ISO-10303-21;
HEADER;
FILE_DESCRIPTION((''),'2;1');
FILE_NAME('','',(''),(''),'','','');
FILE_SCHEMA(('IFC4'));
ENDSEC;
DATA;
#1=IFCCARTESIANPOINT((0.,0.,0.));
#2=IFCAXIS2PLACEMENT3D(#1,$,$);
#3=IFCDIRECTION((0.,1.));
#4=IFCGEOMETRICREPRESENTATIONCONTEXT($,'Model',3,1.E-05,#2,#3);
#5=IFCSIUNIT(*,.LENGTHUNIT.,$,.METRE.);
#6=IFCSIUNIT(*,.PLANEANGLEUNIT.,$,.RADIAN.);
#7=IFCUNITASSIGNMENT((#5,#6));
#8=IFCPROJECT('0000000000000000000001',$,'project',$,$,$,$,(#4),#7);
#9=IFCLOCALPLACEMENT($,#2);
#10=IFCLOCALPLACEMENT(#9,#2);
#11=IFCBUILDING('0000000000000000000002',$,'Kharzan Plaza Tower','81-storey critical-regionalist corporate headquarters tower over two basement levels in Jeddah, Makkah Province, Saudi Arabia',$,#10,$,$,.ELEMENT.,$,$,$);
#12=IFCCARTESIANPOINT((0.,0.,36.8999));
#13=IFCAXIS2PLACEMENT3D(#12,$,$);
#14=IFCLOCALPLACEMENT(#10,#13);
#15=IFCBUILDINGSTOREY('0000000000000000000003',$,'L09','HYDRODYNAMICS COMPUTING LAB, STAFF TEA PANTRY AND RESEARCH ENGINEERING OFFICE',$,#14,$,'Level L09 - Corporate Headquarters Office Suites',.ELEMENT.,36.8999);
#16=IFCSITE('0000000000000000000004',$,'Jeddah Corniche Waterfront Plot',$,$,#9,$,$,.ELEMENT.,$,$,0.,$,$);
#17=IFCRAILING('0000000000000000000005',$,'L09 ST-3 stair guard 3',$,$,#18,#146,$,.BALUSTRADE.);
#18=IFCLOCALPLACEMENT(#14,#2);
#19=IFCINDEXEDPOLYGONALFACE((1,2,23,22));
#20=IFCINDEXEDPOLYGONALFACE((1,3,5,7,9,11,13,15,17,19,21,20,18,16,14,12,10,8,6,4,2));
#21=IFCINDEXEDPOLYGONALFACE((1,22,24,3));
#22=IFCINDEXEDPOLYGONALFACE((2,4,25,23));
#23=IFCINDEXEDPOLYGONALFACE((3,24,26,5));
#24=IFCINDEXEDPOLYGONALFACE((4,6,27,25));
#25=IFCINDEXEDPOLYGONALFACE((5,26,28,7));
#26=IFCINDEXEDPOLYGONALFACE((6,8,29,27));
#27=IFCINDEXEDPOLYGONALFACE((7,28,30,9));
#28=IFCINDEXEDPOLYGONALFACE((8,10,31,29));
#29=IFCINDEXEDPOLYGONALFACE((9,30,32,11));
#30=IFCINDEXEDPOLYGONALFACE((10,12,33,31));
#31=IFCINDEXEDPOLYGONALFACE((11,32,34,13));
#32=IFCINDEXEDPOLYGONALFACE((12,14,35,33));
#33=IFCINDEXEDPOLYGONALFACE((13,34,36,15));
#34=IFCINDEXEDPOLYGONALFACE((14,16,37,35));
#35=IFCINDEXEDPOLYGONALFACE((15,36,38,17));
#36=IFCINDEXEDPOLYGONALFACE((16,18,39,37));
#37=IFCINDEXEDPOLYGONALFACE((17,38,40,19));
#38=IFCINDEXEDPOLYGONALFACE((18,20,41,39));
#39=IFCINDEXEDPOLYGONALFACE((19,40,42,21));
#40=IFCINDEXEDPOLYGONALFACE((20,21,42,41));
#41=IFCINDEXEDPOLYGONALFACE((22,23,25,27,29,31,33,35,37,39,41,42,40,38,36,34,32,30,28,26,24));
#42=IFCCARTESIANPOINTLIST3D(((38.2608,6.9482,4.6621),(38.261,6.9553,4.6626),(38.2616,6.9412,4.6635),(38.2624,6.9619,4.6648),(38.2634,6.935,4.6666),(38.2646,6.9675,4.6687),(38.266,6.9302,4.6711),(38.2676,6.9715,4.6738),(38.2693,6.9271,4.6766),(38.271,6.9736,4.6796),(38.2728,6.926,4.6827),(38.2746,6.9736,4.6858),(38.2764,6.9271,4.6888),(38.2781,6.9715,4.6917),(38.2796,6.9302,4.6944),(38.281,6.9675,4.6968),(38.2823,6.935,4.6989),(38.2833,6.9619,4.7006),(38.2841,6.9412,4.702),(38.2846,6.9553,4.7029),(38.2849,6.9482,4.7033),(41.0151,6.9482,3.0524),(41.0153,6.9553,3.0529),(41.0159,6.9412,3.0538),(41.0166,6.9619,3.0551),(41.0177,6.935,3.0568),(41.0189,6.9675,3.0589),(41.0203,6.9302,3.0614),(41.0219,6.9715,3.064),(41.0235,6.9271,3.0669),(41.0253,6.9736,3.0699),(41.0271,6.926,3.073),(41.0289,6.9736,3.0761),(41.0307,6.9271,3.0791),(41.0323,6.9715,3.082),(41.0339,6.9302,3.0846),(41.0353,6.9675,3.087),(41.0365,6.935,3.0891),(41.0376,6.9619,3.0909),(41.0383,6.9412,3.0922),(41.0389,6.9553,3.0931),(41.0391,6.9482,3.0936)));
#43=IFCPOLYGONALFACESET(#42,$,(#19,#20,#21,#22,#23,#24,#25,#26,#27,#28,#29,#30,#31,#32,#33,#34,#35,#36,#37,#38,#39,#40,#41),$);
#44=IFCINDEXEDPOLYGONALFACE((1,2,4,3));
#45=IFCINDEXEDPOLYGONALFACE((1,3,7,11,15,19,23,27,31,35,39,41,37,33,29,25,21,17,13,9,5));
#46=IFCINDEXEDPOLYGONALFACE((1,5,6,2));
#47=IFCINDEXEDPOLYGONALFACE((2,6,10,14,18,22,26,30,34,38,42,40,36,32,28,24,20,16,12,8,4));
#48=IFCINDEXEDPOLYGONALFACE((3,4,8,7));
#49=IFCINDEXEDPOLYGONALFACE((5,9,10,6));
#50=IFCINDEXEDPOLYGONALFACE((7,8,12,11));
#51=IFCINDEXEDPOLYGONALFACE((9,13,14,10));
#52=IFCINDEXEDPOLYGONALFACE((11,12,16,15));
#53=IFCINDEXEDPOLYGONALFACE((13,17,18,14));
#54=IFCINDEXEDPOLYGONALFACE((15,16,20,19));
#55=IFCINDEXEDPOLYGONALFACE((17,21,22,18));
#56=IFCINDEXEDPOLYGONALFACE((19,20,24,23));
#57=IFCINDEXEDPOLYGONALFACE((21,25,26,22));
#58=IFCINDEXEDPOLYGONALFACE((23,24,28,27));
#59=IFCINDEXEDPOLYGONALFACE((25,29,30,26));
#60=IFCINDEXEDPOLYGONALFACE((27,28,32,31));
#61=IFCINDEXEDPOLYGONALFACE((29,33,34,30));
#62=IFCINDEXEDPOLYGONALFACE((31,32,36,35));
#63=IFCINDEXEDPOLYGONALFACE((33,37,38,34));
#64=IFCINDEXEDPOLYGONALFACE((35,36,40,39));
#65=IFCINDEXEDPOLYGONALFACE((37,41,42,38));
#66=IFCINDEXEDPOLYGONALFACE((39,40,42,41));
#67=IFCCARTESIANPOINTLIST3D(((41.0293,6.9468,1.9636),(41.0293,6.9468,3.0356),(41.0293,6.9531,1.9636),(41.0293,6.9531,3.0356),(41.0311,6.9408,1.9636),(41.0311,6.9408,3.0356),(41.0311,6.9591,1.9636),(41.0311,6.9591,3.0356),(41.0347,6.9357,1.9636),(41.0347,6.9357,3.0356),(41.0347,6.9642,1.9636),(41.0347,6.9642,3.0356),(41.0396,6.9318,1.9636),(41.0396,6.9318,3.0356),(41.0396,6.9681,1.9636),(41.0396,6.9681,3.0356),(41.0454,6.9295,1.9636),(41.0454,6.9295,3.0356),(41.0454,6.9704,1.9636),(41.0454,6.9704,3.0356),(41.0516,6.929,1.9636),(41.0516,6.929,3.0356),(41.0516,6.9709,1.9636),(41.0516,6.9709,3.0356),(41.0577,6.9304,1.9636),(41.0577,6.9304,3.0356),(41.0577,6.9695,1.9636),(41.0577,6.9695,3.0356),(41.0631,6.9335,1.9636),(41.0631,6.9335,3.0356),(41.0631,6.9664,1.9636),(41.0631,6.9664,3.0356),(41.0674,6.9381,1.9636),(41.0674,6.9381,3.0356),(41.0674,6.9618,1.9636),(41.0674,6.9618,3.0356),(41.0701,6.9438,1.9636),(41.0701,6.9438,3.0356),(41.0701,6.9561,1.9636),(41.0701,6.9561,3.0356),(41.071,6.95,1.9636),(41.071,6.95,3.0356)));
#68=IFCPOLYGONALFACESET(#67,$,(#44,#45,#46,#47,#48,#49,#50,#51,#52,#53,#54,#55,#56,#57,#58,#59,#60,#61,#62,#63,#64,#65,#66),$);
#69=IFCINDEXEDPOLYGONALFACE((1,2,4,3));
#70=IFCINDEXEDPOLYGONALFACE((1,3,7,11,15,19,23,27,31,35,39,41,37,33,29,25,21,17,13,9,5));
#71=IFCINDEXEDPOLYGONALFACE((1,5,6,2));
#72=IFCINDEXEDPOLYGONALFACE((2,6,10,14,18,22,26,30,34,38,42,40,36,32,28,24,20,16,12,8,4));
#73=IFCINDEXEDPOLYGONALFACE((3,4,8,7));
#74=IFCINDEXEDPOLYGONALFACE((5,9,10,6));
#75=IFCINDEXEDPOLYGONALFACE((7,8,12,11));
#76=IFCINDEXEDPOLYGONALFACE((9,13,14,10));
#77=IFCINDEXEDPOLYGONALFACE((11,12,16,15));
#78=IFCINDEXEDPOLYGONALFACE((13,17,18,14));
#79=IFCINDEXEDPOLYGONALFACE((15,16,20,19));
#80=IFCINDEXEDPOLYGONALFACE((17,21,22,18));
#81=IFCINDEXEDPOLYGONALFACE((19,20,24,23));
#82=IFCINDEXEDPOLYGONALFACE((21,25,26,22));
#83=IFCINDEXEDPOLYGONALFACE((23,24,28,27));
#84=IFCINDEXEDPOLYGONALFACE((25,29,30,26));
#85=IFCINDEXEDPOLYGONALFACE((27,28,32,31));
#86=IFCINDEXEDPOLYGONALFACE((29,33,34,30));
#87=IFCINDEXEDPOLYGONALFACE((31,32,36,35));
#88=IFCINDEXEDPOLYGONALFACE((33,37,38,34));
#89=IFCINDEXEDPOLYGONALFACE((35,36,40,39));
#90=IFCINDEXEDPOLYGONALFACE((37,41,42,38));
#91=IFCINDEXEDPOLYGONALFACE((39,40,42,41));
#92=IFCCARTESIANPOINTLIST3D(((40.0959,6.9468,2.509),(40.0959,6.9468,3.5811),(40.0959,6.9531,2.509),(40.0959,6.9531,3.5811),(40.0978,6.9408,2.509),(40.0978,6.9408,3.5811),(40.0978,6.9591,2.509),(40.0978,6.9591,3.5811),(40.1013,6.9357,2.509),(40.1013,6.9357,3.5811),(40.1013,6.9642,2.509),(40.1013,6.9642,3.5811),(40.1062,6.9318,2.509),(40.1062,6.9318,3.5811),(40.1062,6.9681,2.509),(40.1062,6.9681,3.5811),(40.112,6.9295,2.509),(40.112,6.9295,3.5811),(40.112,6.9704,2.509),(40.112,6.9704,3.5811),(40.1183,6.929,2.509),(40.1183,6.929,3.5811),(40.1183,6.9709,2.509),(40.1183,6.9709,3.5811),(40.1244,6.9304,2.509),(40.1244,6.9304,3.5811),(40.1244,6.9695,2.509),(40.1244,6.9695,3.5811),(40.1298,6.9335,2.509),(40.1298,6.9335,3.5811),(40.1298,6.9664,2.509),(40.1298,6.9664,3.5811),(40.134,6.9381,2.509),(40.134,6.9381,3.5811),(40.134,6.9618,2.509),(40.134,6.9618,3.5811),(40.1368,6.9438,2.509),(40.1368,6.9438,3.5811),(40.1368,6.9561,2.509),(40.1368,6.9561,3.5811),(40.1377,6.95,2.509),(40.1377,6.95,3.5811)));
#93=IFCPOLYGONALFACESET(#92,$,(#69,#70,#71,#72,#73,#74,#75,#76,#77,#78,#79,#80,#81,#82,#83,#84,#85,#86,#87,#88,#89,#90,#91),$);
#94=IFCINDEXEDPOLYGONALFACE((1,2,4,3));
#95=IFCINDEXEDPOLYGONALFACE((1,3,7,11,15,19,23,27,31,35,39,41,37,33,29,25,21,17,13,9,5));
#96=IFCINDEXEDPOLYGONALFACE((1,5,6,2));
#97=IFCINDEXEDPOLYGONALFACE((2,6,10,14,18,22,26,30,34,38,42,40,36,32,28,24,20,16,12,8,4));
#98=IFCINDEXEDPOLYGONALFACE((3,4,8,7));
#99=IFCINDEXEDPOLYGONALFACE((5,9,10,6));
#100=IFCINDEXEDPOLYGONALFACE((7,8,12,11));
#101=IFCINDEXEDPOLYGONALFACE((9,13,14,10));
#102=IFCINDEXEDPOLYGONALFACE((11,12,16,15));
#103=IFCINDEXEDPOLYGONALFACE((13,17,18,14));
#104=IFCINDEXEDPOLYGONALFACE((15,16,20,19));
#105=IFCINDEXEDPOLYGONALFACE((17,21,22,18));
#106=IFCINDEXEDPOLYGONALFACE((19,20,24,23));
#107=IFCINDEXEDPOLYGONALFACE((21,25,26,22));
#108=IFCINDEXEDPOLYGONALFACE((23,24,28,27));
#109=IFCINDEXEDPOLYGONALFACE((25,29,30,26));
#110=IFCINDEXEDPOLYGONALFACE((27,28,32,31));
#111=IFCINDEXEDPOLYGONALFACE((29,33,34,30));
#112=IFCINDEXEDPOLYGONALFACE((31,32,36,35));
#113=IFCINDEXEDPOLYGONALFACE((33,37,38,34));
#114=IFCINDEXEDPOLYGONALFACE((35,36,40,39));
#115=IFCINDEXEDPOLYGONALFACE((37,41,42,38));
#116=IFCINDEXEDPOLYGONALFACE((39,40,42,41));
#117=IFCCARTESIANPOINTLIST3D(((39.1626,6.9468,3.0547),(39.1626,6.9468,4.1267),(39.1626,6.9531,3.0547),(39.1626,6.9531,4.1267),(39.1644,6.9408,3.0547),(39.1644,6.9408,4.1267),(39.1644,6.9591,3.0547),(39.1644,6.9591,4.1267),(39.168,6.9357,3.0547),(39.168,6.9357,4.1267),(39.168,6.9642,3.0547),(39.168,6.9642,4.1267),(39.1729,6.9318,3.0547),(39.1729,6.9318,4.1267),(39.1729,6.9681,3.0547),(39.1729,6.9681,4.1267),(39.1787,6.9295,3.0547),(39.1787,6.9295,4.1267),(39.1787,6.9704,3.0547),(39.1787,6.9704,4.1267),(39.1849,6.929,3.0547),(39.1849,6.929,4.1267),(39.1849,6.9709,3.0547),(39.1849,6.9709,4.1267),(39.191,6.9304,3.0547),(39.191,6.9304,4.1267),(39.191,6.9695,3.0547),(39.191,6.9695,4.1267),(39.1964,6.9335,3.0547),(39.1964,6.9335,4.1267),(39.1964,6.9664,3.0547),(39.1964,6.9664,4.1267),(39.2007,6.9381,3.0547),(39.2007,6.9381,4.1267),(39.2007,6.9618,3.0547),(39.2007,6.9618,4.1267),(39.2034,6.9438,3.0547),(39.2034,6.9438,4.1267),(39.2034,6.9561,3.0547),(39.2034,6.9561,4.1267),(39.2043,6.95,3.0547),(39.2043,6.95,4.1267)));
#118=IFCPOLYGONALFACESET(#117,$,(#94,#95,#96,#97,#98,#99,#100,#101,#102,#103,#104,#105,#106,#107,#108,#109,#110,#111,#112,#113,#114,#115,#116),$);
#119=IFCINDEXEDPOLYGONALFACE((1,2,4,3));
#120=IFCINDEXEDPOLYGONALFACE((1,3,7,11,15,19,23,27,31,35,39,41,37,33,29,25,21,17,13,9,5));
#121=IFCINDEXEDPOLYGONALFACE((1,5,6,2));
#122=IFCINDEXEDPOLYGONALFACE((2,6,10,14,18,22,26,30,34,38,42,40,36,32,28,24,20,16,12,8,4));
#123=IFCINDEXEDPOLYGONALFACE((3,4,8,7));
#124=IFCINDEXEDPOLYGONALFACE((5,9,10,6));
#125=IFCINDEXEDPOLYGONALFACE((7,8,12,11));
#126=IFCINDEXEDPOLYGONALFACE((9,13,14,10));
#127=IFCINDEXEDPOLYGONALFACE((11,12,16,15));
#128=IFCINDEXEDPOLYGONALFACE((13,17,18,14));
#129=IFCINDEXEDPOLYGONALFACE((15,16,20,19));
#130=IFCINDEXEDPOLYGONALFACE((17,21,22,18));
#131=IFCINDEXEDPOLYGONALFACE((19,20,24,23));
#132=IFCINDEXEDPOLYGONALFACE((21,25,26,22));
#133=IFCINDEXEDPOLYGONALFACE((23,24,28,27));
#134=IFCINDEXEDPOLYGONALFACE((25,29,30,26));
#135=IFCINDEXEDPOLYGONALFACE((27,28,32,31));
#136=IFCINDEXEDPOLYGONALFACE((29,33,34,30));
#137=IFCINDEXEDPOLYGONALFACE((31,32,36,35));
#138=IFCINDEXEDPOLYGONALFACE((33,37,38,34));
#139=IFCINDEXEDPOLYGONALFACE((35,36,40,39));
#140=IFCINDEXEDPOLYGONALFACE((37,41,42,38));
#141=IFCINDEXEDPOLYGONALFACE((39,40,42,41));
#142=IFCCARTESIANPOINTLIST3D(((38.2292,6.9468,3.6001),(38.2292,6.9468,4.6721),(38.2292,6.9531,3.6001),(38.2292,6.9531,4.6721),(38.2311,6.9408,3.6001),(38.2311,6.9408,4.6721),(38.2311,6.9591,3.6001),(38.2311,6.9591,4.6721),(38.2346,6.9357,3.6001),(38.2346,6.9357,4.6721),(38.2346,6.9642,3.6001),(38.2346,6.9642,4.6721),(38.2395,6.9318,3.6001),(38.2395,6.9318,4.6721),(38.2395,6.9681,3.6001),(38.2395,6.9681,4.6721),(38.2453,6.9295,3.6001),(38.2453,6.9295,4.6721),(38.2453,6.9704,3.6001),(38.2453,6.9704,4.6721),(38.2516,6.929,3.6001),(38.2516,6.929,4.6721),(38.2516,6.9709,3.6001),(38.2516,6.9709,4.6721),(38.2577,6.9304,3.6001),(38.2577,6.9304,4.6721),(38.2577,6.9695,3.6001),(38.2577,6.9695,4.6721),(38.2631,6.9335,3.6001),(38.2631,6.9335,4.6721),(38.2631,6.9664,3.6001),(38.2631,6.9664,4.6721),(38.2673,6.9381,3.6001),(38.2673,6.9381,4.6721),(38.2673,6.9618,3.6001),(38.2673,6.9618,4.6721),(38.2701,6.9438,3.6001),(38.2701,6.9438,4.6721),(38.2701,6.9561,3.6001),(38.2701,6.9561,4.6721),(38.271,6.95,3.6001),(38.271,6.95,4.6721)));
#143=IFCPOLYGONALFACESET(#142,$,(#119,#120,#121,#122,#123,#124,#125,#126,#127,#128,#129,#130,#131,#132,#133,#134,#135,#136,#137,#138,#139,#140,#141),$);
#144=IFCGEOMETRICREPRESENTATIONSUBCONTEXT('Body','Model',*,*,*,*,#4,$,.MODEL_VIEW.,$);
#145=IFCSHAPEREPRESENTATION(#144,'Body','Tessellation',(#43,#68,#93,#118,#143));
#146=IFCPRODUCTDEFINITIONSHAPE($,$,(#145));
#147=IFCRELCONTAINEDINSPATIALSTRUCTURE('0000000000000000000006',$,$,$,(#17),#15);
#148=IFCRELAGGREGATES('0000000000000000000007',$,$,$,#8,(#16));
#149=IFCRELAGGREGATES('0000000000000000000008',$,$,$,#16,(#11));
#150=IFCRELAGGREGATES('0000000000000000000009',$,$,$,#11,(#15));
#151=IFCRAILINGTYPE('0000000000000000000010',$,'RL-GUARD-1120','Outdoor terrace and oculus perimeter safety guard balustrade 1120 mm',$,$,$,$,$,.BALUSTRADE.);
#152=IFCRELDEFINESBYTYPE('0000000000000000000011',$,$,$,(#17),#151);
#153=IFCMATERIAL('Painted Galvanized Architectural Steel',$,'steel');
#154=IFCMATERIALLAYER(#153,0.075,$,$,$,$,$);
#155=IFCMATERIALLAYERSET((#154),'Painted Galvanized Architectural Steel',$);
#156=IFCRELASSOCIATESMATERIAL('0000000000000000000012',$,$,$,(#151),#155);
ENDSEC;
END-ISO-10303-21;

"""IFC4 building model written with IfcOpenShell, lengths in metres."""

from ifc_helpers import new_model, si_unit, direction, frame, origin, origin_2d, place, context, subcontext, project, spatial, circle, extrude, source, transform, mapped, material, layer, layer_set, type_object, element, save


model = new_model("IFC4")

# Units and contexts
model_context = context("Model", 3, precision=1e-05, world=origin(), true_north=direction((0.0, 1.0)))
body_context = subcontext(model_context, "Body", "Model", "MODEL_VIEW")
ifc_project = project(units=[si_unit("LENGTHUNIT", "METRE"), si_unit("PLANEANGLEUNIT", "RADIAN")], contexts=[model_context])

# Site, building, storey
site_placement = place(None, origin())
site = spatial("IfcSite", under=ifc_project, at=site_placement, Name="Jeddah Corniche Waterfront Plot", CompositionType="ELEMENT", RefElevation=0.0)
building_placement = place(site_placement, origin())
building = spatial("IfcBuilding", under=site, at=building_placement, Name="Kharzan Plaza Tower", Description="81-storey critical-regionalist corporate headquarters tower over two basement levels in Jeddah, Makkah Province, Saudi Arabia", CompositionType="ELEMENT")
storey_placement = place(building_placement, frame((0.0, 0.0, 36.8999)))
storey = spatial("IfcBuildingStorey", under=building, at=storey_placement, Name="L09", Description="HYDRODYNAMICS COMPUTING LAB, STAFF TEA PANTRY AND RESEARCH ENGINEERING OFFICE", LongName="Level L09 - Corporate Headquarters Office Suites", CompositionType="ELEMENT", Elevation=36.8999)

# Railing
ifc_material_1 = material(Name="Painted Galvanized Architectural Steel", Category="steel")
ifc_layer_1 = layer(ifc_material_1, 0.075)
ifc_layer_set_1 = layer_set([ifc_layer_1], Name="Painted Galvanized Architectural Steel")
railing_type_1 = type_object("IfcRailingType", Name="RL-GUARD-1120", Description="Outdoor terrace and oculus perimeter safety guard balustrade 1120 mm", PredefinedType="BALUSTRADE", material=ifc_layer_set_1)
shared_shape_1 = source(origin(), body_context, "Body", "SweptSolid", [
    extrude(circle(Radius=0.0239, at=origin_2d()), frame((-0.0229, 0.0, 1.1094), z_axis=(-0.863361, 0.0, 0.504587), x_axis=(0.0, -1.0, 0.0)), (0.0, 0.0, 1.0), 3.1902),
    extrude(circle(Radius=0.021, at=origin_2d()), origin(), (0.0, 0.0, 1.0), 1.072),
    extrude(circle(Radius=0.021, at=origin_2d()), frame((-0.9333, 0.0, 0.5454)), (0.0, 0.0, 1.0), 1.072),
    extrude(circle(Radius=0.021, at=origin_2d()), frame((-1.8667, 0.0, 1.0911)), (0.0, 0.0, 1.0), 1.072),
    extrude(circle(Radius=0.021, at=origin_2d()), frame((-2.8, 0.0, 1.6365)), (0.0, 0.0, 1.0), 1.072),
])
railing_1_placement = place(storey_placement, frame((41.05, 6.95, 1.9636)))
element("IfcRailing", 1, at=railing_1_placement, inside=storey, type_object=railing_type_1, Name="L09 ST-3 stair guard 3", PredefinedType="BALUSTRADE", context=body_context, shape_type="MappedRepresentation", body=[
    mapped(shared_shape_1, transform((0.0, 0.0, 0.0), x_axis=(1.0, 0.0, 0.0), y_axis=(0.0, 1.0, 0.0), z_axis=(0.0, 0.0, 1.0))),
])

save(model, "model.ifc")
